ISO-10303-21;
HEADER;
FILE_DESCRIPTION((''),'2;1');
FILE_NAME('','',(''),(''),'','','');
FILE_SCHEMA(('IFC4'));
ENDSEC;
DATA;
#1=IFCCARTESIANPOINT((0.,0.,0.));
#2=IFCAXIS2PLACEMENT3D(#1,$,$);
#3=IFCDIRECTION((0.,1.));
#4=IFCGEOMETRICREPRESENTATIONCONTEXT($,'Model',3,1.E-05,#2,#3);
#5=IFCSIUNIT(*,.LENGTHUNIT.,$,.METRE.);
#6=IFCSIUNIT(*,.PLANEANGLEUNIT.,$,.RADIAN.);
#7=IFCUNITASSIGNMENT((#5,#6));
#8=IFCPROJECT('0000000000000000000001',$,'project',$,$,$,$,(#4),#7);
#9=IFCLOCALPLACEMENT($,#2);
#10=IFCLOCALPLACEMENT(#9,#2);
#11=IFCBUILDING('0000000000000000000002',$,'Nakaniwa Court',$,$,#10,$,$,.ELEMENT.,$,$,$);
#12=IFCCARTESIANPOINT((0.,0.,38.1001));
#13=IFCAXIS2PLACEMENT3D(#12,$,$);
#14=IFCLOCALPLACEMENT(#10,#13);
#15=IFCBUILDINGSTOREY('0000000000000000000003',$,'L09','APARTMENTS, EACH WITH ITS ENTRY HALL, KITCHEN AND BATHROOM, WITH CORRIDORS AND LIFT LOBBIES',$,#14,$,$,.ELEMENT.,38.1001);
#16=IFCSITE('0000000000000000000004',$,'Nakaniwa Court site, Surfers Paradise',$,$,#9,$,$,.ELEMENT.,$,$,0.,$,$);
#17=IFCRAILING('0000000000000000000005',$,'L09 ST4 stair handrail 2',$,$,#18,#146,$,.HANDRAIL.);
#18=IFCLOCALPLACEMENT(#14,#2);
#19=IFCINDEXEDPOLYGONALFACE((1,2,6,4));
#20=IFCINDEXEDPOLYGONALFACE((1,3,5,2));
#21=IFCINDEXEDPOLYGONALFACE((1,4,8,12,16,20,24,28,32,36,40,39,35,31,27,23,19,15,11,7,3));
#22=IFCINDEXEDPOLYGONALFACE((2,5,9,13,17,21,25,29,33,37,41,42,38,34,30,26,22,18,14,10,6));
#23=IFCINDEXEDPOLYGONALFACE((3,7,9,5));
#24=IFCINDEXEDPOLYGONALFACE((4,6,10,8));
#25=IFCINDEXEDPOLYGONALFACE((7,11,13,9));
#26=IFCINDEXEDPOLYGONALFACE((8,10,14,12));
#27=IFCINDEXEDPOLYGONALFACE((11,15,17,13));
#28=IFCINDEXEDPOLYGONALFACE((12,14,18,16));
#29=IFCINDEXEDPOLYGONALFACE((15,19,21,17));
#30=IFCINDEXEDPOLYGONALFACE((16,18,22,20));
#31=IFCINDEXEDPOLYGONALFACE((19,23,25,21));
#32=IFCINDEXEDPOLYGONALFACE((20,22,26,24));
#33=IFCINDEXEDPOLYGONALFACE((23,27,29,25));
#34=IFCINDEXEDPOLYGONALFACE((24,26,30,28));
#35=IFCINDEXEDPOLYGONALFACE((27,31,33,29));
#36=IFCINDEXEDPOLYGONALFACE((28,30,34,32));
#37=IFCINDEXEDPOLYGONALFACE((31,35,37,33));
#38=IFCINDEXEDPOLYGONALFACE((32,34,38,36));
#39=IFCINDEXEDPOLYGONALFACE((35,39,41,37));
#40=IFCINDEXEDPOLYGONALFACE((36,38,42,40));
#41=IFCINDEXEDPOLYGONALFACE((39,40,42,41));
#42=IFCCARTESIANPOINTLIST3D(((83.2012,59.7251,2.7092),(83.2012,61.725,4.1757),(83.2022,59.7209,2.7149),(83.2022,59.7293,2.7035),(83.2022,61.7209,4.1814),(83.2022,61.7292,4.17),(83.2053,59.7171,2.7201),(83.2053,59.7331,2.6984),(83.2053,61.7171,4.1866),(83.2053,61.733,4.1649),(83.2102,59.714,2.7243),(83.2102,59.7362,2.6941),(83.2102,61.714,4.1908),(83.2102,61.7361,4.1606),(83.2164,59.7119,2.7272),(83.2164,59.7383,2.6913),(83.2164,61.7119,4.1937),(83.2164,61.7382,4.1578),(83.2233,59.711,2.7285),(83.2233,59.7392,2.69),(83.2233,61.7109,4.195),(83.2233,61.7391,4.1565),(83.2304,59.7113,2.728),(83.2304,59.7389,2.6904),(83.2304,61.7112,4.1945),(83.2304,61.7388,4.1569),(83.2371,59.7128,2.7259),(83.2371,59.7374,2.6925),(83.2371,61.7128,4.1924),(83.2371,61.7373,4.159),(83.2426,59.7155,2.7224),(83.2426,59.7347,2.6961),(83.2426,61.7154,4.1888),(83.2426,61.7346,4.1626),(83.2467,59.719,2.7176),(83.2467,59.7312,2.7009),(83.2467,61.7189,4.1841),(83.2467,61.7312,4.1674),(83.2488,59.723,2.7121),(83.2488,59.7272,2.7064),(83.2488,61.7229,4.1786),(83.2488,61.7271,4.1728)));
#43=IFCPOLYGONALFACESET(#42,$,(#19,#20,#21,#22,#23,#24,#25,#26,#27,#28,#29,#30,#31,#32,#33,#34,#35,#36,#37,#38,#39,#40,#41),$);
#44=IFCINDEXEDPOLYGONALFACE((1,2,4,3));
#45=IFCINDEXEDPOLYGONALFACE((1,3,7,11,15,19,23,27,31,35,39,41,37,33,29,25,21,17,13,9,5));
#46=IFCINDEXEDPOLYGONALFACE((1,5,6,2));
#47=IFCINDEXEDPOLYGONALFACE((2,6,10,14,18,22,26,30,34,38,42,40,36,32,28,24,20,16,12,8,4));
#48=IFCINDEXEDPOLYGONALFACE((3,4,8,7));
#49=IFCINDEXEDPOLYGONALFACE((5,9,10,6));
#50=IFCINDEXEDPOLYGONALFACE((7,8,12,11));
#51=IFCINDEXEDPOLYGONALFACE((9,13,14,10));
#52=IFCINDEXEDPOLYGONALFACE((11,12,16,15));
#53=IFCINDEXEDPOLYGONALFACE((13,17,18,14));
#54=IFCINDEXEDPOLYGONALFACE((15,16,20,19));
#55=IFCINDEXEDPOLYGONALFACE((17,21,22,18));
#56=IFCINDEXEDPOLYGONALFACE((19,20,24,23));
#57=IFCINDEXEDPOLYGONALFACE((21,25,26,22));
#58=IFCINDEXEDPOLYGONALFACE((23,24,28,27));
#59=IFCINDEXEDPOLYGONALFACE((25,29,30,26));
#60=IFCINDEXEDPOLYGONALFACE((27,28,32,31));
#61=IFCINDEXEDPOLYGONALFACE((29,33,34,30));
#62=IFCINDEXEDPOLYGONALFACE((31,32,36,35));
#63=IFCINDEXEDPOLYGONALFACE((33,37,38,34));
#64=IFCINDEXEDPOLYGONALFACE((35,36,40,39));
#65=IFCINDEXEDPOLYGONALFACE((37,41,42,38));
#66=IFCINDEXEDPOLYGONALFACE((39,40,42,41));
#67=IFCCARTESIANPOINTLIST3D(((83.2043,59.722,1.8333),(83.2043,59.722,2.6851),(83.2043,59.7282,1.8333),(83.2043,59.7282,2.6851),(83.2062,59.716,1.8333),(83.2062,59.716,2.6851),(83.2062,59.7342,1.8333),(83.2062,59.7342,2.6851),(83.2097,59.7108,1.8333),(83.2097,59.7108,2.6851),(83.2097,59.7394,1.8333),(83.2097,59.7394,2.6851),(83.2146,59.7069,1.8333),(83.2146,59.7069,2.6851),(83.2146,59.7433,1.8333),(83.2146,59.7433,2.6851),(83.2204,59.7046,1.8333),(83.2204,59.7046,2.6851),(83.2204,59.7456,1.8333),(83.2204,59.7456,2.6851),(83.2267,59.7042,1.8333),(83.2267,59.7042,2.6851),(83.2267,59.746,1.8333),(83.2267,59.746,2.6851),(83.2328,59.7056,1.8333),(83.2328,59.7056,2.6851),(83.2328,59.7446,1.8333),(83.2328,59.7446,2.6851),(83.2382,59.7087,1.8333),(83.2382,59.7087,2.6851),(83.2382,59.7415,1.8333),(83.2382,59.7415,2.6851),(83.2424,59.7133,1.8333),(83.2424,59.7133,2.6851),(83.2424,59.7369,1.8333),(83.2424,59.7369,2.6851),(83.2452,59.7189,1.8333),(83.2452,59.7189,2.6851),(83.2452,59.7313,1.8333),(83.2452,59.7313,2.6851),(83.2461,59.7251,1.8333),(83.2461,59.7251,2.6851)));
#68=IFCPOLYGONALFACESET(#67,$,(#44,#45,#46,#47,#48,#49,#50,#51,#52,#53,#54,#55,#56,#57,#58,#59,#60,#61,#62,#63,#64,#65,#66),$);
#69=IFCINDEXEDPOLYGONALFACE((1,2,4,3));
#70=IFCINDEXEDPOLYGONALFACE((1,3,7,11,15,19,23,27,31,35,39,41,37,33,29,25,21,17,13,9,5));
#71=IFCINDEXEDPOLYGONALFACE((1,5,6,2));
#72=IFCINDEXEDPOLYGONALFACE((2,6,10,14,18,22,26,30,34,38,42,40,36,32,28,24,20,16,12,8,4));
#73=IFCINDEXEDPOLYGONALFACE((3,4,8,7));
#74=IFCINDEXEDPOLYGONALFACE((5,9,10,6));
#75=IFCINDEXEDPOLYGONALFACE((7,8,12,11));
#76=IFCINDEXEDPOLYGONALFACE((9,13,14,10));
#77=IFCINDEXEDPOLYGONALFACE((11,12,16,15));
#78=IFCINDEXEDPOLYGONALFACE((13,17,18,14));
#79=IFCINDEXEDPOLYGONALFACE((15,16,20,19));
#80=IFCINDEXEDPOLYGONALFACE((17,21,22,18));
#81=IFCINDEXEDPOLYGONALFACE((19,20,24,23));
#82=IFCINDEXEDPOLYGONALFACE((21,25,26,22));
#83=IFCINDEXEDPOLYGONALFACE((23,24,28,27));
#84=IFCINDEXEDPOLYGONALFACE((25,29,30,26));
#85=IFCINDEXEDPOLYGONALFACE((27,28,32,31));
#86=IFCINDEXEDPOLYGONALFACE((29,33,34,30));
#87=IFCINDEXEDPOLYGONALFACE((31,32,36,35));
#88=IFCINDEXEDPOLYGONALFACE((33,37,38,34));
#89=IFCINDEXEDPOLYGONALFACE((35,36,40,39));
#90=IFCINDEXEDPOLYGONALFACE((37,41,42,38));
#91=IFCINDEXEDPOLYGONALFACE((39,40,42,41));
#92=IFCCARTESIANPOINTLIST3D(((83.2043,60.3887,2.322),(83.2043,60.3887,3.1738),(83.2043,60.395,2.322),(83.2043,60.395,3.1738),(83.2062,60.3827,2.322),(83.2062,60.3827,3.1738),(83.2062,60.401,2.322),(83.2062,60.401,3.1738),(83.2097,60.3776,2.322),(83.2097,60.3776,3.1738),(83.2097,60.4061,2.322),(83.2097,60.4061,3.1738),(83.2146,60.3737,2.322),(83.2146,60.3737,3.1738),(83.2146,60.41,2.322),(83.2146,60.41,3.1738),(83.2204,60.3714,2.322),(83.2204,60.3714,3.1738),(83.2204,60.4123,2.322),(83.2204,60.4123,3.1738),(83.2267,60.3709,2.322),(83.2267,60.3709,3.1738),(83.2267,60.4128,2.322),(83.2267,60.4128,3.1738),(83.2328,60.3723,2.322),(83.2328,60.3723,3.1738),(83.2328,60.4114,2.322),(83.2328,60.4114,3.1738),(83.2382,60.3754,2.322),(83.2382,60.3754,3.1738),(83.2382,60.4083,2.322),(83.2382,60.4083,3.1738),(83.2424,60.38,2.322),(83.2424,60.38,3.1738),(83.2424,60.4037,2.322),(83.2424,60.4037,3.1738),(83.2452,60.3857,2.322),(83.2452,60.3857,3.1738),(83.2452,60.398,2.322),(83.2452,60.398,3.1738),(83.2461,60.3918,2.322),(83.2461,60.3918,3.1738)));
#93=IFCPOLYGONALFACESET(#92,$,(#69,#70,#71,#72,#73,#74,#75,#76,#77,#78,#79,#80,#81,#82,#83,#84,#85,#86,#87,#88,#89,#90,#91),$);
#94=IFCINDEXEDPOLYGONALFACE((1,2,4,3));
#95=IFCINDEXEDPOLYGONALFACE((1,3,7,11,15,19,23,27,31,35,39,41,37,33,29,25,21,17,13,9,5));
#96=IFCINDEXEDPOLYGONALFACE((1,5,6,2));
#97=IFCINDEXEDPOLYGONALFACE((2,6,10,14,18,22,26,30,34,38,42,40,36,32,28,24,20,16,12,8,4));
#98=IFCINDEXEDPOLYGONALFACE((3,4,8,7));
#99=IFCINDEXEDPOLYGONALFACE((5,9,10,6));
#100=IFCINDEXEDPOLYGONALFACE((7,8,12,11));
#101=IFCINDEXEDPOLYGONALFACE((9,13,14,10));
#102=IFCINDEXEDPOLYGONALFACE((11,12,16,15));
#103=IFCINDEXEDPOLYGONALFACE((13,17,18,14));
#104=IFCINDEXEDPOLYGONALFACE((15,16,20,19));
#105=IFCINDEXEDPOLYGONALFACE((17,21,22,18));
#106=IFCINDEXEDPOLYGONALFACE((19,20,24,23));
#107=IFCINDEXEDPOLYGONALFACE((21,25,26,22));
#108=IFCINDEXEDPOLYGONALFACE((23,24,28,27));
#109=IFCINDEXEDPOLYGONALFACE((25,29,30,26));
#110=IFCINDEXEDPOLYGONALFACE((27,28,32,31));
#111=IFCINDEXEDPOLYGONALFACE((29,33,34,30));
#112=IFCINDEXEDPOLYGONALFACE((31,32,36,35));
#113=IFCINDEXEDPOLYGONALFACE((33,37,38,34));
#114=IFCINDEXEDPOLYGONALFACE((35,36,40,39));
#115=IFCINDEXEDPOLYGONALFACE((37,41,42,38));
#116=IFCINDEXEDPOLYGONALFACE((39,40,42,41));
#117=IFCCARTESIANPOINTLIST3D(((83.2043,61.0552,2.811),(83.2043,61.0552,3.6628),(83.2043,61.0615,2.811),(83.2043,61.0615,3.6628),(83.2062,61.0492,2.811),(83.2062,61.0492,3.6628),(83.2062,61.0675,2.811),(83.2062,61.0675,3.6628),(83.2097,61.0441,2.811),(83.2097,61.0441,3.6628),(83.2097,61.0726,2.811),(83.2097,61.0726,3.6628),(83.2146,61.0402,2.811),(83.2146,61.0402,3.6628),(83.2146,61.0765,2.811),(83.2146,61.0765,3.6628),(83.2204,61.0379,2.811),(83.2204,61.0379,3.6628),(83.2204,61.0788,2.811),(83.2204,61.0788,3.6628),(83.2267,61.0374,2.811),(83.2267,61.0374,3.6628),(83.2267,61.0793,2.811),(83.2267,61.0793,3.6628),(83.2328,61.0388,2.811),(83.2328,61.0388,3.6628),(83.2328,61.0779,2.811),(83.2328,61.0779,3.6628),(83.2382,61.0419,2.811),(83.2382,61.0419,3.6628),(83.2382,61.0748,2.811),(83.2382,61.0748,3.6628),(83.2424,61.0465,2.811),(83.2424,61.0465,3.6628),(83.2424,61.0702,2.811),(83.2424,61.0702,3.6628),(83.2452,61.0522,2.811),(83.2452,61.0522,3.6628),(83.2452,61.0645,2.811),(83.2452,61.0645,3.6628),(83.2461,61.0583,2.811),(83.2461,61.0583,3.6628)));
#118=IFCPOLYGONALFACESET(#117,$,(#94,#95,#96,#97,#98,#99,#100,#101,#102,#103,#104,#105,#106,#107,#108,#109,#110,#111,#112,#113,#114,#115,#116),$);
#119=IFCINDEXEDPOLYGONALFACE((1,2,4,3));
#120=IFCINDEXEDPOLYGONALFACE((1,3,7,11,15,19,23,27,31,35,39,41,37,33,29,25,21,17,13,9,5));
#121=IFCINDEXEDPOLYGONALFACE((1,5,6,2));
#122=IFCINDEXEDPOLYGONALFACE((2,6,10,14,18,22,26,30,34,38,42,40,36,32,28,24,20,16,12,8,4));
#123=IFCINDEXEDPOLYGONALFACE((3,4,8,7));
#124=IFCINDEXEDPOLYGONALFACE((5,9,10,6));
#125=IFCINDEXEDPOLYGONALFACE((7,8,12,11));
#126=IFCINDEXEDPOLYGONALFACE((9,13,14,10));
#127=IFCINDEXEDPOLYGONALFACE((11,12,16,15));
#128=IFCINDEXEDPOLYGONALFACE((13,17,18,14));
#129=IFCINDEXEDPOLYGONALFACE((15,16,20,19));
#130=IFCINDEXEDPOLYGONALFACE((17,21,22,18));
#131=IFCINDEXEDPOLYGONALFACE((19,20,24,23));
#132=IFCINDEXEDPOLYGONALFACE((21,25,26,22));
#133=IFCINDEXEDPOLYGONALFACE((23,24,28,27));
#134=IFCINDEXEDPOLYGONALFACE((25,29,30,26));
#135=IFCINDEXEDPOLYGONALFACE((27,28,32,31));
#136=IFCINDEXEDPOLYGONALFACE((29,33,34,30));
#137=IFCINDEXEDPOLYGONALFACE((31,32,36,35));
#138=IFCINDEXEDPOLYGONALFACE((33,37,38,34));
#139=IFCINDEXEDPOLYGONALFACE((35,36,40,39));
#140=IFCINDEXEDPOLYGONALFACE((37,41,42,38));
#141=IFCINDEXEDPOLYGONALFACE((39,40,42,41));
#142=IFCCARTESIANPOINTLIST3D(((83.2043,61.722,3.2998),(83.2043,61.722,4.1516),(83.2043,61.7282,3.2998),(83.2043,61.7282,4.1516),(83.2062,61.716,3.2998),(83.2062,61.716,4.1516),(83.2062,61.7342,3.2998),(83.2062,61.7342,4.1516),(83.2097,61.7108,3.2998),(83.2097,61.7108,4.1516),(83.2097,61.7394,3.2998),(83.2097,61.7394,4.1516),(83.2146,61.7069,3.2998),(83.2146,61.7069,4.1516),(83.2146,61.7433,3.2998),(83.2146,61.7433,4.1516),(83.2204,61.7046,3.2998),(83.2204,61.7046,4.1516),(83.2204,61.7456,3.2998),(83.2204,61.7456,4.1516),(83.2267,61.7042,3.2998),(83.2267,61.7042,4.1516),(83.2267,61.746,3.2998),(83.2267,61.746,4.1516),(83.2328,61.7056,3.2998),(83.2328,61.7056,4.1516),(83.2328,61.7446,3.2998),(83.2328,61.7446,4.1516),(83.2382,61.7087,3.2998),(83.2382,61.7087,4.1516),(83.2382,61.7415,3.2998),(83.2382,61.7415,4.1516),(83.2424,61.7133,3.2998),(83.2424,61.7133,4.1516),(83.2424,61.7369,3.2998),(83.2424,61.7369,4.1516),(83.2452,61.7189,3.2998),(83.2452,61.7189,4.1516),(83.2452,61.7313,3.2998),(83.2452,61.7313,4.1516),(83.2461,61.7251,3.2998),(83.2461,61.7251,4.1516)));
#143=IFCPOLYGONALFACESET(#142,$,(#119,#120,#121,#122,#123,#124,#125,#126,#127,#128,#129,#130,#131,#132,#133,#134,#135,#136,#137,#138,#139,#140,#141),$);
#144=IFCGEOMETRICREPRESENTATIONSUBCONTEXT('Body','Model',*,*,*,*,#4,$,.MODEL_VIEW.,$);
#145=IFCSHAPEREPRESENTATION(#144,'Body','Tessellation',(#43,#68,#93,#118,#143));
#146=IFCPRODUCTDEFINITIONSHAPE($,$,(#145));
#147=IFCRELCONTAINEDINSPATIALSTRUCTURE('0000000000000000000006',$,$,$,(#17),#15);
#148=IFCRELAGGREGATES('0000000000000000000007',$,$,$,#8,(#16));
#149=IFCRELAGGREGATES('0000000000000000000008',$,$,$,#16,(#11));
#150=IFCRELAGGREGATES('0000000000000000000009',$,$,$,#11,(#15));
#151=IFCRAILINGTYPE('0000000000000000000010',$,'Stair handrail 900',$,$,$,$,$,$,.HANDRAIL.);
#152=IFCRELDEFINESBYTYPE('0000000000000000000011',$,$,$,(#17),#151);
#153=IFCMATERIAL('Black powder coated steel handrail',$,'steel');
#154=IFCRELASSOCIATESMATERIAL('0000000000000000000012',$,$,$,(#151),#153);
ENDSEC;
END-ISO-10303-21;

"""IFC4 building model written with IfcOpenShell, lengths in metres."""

from ifc_helpers import new_model, si_unit, direction, frame, origin, origin_2d, place, context, subcontext, project, spatial, circle, extrude, material, type_object, element, save


model = new_model("IFC4")

# Units and contexts
model_context = context("Model", 3, precision=1e-05, world=origin(), true_north=direction((0.0, 1.0)))
body_context = subcontext(model_context, "Body", "Model", "MODEL_VIEW")
ifc_project = project(units=[si_unit("LENGTHUNIT", "METRE"), si_unit("PLANEANGLEUNIT", "RADIAN")], contexts=[model_context])

# Site, building, storey
site_placement = place(None, origin())
site = spatial("IfcSite", under=ifc_project, at=site_placement, Name="Nakaniwa Court site, Surfers Paradise", CompositionType="ELEMENT", RefElevation=0.0)
building_placement = place(site_placement, origin())
building = spatial("IfcBuilding", under=site, at=building_placement, Name="Nakaniwa Court", CompositionType="ELEMENT")
storey_placement = place(building_placement, frame((0.0, 0.0, 38.1001)))
storey = spatial("IfcBuildingStorey", under=building, at=storey_placement, Name="L09", Description="APARTMENTS, EACH WITH ITS ENTRY HALL, KITCHEN AND BATHROOM, WITH CORRIDORS AND LIFT LOBBIES", CompositionType="ELEMENT", Elevation=38.1001)

# Railing
ifc_material_1 = material(Name="Black powder coated steel handrail", Category="steel")
railing_type_1 = type_object("IfcRailingType", Name="Stair handrail 900", PredefinedType="HANDRAIL", material=ifc_material_1)
railing_1_placement = place(storey_placement, frame((83.2251, 59.7251, 1.8333)))
element("IfcRailing", 1, at=railing_1_placement, inside=storey, type_object=railing_type_1, Name="L09 ST4 stair handrail 2", PredefinedType="HANDRAIL", context=body_context, shape_type="SweptSolid", body=[
    extrude(circle(Radius=0.0239, at=origin_2d()), frame((0.0, 0.0, 0.876), z_axis=(0.0, 0.806427, 0.591334), x_axis=(-1.0, 0.0, 0.0)), (0.0, 0.0, 1.0), 2.48),
    extrude(circle(Radius=0.021, at=origin_2d()), origin(), (0.0, 0.0, 1.0), 0.8518),
    extrude(circle(Radius=0.021, at=origin_2d()), frame((0.0, 0.6667, 0.4888)), (0.0, 0.0, 1.0), 0.8518),
    extrude(circle(Radius=0.021, at=origin_2d()), frame((0.0, 1.3333, 0.9778)), (0.0, 0.0, 1.0), 0.8518),
    extrude(circle(Radius=0.021, at=origin_2d()), frame((0.0, 2.0, 1.4666)), (0.0, 0.0, 1.0), 0.8518),
])

save(model, "model.ifc")
